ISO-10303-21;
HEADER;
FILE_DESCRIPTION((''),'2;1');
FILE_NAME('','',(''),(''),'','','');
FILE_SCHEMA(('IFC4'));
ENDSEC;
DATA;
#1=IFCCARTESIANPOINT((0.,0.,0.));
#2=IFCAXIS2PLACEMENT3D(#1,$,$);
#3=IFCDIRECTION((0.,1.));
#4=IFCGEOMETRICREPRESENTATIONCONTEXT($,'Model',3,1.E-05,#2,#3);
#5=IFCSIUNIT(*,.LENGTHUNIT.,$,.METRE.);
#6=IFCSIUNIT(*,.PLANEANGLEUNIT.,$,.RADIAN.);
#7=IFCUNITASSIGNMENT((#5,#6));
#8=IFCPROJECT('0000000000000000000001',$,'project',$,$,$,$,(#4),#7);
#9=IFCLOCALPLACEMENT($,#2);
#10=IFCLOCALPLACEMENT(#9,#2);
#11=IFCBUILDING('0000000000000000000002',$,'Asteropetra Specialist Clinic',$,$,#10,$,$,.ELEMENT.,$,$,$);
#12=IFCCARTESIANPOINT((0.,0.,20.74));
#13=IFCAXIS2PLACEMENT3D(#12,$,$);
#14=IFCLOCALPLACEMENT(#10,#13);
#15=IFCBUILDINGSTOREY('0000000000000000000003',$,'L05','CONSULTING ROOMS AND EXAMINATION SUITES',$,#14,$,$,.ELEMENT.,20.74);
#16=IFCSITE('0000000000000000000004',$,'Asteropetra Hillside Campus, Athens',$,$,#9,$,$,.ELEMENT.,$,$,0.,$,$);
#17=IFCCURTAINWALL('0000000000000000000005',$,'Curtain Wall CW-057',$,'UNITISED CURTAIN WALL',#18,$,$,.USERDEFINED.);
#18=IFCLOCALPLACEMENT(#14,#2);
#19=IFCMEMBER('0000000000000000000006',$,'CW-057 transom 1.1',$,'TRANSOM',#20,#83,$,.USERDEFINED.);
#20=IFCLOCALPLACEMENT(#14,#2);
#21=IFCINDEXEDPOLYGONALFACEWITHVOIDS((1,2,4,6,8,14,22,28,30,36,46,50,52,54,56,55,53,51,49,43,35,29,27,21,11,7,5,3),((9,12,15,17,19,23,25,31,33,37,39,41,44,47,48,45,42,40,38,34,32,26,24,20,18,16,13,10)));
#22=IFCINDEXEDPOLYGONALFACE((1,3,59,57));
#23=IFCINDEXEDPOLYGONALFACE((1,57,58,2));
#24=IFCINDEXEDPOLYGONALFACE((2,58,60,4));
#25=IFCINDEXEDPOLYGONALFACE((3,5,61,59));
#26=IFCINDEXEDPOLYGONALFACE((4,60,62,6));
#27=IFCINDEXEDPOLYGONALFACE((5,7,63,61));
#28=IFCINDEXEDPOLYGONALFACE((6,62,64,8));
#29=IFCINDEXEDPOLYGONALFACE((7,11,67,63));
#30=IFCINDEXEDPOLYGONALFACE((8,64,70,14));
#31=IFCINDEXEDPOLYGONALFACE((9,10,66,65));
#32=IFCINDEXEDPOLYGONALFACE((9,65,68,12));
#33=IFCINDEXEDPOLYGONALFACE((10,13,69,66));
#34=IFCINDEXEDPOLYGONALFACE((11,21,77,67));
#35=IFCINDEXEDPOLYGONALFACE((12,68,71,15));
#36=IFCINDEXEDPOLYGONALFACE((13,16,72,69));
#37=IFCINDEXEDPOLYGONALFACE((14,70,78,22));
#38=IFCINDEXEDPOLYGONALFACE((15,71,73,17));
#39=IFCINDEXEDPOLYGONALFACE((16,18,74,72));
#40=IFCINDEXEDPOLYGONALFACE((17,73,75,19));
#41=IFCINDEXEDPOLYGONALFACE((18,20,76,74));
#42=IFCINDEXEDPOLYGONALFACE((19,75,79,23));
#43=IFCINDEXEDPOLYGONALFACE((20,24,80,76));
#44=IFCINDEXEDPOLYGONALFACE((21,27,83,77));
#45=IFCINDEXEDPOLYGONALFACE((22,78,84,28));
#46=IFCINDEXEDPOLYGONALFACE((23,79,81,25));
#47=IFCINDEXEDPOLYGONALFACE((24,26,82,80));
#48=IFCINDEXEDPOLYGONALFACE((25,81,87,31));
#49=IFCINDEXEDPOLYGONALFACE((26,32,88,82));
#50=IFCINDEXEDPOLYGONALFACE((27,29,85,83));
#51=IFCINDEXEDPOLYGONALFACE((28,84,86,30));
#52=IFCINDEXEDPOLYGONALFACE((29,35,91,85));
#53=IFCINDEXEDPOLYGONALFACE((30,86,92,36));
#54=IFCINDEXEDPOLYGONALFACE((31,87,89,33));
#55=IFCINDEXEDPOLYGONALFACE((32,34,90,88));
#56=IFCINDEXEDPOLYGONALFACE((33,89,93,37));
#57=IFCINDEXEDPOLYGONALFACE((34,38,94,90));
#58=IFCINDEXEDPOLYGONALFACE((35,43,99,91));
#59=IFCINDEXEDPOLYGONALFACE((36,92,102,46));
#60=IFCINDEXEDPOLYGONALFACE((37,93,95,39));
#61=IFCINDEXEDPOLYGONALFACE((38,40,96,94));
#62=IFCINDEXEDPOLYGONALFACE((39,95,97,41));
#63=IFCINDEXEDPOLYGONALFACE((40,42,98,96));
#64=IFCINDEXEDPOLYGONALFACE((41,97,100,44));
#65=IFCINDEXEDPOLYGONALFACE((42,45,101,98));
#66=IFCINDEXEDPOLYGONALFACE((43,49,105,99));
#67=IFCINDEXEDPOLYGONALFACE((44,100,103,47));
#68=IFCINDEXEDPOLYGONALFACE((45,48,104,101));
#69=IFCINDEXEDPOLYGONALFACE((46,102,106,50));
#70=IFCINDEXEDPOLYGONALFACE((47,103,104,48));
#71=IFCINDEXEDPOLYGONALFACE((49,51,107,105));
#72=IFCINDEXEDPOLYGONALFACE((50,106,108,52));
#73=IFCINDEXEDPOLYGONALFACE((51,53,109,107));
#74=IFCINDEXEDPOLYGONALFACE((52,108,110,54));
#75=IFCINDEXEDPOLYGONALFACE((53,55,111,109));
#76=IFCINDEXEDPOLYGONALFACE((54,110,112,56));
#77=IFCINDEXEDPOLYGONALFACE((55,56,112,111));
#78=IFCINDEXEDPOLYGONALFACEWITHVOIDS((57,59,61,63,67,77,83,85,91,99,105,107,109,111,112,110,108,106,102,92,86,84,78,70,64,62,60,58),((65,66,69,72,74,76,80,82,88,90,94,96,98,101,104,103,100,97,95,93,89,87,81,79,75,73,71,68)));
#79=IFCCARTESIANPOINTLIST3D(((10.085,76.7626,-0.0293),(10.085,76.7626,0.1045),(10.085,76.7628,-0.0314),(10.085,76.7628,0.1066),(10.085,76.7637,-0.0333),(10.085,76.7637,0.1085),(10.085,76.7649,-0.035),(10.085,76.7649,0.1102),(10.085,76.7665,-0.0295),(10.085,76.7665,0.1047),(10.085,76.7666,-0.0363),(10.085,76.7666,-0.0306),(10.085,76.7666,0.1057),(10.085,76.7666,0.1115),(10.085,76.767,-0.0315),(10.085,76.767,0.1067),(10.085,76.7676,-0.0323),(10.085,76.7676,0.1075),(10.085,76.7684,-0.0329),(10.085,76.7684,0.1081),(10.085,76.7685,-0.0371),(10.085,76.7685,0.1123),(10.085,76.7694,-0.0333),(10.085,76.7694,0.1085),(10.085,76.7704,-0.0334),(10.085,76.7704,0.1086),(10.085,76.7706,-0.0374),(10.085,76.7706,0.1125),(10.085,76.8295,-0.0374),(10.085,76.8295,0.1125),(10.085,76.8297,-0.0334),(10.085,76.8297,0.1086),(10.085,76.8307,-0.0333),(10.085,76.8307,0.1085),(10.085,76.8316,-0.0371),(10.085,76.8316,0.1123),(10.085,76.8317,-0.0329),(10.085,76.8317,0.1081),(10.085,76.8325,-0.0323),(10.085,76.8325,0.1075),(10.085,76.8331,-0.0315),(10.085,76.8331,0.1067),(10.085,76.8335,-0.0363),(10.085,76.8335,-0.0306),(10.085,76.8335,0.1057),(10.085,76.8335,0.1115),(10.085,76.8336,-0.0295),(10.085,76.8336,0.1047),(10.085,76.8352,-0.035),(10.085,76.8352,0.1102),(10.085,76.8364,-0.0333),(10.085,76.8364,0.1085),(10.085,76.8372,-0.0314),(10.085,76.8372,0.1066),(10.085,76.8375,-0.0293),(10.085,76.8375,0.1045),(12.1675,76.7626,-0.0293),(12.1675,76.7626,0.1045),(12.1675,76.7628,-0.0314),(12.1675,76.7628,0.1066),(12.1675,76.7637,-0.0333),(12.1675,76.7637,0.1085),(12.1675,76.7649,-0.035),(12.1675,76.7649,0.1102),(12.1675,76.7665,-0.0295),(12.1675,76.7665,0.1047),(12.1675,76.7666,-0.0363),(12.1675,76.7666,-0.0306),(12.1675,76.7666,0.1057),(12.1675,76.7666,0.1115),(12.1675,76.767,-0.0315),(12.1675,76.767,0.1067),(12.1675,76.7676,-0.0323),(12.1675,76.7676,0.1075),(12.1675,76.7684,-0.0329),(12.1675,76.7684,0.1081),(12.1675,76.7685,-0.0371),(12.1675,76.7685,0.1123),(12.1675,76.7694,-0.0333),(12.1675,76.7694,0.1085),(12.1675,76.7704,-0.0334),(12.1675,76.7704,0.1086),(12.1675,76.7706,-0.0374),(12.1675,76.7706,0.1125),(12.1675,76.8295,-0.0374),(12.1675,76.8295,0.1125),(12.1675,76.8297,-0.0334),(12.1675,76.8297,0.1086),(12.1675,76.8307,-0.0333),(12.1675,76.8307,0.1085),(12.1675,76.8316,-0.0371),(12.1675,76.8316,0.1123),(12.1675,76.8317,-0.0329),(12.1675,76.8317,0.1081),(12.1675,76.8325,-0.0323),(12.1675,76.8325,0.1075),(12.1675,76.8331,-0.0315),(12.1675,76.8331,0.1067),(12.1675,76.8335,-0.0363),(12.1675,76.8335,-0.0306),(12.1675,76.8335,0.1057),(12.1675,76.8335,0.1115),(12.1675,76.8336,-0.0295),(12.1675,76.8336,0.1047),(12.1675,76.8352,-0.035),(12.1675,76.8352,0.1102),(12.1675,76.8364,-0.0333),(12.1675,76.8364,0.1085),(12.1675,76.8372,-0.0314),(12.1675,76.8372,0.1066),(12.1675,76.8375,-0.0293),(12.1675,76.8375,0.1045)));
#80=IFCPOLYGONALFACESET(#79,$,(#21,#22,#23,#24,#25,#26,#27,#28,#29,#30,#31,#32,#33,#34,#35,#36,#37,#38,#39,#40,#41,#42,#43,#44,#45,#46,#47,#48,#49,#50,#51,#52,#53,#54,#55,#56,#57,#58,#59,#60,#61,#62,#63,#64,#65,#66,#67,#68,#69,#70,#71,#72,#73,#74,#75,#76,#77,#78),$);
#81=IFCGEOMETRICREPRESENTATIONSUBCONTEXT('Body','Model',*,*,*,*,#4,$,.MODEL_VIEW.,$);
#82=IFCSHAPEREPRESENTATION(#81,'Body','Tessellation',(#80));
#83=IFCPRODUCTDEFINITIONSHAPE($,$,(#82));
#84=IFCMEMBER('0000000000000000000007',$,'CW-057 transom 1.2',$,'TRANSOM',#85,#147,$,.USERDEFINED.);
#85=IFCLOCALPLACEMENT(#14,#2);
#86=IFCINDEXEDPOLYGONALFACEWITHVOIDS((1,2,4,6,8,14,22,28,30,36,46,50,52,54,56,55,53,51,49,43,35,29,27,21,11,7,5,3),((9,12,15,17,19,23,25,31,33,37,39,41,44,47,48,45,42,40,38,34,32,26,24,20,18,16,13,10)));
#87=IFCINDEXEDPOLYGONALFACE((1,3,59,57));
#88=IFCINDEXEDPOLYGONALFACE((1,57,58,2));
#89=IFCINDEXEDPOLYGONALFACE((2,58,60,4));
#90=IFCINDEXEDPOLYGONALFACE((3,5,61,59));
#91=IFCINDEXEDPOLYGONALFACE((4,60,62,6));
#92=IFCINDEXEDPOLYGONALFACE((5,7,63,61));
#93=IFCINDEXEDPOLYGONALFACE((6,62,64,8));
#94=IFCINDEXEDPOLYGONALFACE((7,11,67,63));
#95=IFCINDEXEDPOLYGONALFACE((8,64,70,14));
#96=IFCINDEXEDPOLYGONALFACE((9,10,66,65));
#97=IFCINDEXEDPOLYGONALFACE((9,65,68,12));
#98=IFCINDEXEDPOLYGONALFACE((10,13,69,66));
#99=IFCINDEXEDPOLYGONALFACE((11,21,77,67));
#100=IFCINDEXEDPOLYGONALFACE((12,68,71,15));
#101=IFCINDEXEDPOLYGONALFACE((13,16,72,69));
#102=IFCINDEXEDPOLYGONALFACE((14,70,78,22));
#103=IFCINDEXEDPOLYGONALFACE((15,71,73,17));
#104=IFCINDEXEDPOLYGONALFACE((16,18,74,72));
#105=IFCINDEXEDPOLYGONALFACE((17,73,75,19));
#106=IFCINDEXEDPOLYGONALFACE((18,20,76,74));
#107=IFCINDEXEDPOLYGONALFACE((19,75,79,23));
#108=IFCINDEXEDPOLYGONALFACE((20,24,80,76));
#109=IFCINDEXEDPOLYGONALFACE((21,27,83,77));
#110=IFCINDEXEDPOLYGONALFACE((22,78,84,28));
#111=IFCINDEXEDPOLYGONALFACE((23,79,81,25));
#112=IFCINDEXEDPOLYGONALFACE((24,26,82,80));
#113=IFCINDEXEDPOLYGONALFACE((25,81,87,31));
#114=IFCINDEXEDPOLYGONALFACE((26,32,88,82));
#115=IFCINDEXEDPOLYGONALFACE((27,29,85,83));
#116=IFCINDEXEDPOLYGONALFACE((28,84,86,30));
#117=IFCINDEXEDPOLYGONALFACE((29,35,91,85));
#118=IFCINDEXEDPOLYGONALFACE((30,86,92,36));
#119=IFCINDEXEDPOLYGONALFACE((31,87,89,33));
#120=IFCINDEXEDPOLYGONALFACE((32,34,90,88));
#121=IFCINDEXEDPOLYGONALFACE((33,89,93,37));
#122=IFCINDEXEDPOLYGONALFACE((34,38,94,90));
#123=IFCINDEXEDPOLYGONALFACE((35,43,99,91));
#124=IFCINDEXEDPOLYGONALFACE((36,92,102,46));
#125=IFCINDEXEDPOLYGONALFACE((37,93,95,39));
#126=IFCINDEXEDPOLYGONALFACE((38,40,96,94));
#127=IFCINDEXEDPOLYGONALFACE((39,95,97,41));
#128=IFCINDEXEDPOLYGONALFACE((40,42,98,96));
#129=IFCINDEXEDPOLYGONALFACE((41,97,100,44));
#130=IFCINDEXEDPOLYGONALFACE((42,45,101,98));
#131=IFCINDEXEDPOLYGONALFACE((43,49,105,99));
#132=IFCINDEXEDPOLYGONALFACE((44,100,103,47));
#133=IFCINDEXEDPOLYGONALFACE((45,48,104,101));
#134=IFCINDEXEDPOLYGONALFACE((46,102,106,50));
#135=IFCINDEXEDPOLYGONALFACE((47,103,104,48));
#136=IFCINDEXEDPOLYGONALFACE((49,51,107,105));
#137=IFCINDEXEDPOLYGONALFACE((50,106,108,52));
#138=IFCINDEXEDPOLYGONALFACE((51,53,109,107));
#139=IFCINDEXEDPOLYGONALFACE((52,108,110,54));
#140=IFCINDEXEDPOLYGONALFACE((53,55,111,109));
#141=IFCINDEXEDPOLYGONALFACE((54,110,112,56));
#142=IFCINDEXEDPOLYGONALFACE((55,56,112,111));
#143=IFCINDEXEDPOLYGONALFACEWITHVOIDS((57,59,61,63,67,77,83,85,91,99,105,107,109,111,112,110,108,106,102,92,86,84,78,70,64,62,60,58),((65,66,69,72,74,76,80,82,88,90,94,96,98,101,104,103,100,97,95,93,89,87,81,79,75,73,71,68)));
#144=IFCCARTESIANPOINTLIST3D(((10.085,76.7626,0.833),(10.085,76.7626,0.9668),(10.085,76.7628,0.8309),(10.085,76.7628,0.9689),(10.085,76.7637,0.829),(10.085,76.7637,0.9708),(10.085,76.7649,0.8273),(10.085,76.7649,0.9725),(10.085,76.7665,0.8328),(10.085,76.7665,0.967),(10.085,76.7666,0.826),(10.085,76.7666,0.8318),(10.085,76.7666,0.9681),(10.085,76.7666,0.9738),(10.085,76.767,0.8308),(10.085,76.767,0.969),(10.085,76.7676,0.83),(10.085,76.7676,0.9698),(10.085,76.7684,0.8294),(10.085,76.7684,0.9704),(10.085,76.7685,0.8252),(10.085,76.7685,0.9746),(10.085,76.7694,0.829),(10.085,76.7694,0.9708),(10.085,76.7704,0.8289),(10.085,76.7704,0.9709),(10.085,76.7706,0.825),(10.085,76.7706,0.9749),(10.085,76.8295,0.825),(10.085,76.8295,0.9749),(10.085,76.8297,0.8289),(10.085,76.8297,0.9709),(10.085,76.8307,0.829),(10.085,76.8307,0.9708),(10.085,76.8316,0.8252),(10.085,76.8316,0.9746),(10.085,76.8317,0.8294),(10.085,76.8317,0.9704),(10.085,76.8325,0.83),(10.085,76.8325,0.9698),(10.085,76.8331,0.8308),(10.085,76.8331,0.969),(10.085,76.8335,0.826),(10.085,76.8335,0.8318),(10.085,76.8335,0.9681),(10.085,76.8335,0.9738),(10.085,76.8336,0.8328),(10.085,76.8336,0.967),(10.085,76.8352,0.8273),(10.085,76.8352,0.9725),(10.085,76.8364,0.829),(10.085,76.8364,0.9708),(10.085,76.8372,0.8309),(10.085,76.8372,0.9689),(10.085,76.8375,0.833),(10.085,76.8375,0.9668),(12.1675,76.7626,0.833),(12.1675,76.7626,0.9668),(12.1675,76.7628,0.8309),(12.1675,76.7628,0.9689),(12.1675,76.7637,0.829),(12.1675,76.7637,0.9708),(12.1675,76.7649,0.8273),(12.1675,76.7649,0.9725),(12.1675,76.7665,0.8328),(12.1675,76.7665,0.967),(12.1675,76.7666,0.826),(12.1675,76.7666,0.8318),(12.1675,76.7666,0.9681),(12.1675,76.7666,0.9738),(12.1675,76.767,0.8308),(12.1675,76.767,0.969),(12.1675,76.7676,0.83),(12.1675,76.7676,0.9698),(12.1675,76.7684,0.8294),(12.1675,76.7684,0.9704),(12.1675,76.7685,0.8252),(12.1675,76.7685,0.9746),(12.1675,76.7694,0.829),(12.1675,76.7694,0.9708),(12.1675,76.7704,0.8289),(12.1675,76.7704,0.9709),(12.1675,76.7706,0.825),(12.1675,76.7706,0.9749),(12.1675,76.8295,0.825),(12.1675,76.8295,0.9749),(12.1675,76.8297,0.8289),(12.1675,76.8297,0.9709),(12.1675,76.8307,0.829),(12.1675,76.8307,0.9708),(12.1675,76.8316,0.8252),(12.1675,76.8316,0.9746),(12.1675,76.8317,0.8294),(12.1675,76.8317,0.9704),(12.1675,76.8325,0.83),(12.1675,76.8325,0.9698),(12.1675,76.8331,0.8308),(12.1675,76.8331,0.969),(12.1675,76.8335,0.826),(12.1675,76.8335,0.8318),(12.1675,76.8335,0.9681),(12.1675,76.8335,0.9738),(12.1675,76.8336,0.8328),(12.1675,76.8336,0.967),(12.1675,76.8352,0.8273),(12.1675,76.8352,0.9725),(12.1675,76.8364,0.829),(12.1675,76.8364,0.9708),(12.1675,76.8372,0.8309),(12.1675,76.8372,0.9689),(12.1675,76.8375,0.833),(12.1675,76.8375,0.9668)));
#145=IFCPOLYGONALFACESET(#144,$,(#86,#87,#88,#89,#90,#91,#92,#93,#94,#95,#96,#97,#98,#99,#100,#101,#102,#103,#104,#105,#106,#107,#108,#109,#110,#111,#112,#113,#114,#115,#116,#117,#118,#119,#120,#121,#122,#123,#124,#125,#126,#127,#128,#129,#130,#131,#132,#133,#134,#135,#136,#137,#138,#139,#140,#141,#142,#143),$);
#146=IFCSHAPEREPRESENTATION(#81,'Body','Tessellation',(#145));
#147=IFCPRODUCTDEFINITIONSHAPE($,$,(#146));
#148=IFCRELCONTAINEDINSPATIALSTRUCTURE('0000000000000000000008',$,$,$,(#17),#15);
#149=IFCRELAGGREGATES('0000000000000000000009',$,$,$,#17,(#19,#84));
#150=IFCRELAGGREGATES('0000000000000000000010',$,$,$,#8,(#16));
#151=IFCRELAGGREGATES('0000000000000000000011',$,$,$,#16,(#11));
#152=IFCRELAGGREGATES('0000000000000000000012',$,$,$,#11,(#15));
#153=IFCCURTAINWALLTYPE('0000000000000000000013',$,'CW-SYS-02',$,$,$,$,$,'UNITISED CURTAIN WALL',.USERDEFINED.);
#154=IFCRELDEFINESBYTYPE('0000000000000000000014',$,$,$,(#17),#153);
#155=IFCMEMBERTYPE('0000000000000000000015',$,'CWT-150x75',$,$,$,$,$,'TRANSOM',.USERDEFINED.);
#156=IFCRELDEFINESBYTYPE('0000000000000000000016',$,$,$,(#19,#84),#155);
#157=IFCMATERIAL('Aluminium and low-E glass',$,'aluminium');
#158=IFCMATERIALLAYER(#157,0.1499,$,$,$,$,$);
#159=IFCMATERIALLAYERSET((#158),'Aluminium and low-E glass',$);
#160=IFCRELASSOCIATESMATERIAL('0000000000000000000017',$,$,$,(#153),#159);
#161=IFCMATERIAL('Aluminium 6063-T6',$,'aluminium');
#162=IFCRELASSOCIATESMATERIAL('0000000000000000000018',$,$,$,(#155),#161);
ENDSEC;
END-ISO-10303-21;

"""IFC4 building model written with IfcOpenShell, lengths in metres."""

from ifc_helpers import new_model, si_unit, direction, frame, origin, origin_2d, place, context, subcontext, project, spatial, hollow_rectangle, extrude, material, layer, layer_set, material_profile, profile_set, type_object, element, aggregate, save


model = new_model("IFC4")

# Units and contexts
model_context = context("Model", 3, precision=1e-05, world=origin(), true_north=direction((0.0, 1.0)))
body_context = subcontext(model_context, "Body", "Model", "MODEL_VIEW")
ifc_project = project(units=[si_unit("LENGTHUNIT", "METRE"), si_unit("PLANEANGLEUNIT", "RADIAN")], contexts=[model_context])

# Site, building, storey
site_placement = place(None, origin())
site = spatial("IfcSite", under=ifc_project, at=site_placement, Name="Asteropetra Hillside Campus, Athens", CompositionType="ELEMENT", RefElevation=0.0)
building_placement = place(site_placement, origin())
building = spatial("IfcBuilding", under=site, at=building_placement, Name="Asteropetra Specialist Clinic", CompositionType="ELEMENT")
storey_placement = place(building_placement, frame((0.0, 0.0, 20.74)))
storey = spatial("IfcBuildingStorey", under=building, at=storey_placement, Name="L05", Description="CONSULTING ROOMS AND EXAMINATION SUITES", CompositionType="ELEMENT", Elevation=20.74)

# Curtain wall, members
ifc_material_1 = material(Name="Aluminium and low-E glass", Category="aluminium")
ifc_layer_1 = layer(ifc_material_1, 0.1499)
ifc_layer_set_1 = layer_set([ifc_layer_1], Name="Aluminium and low-E glass")
curtain_wall_type = type_object("IfcCurtainWallType", Name="CW-SYS-02", ElementType="UNITISED CURTAIN WALL", PredefinedType="USERDEFINED", material=ifc_layer_set_1)
curtain_wall_placement = place(storey_placement, origin())
curtain_wall = element("IfcCurtainWall", 1, at=curtain_wall_placement, inside=storey, type_object=curtain_wall_type, Name="Curtain Wall CW-057", ObjectType="UNITISED CURTAIN WALL", PredefinedType="USERDEFINED")
ifc_material_2 = material(Name="Aluminium 6063-T6", Category="aluminium")
ifc_material_profile_1 = material_profile(ifc_material_2, hollow_rectangle(XDim=0.075, YDim=0.1499, WallThickness=0.0039, InnerFilletRadius=0.0039, OuterFilletRadius=0.0081, at=origin_2d()), Name="TRN 150x75x4.0")
ifc_profile_set_1 = profile_set([ifc_material_profile_1], Name="Aluminium 6063-T6")
member_type_1 = type_object("IfcMemberType", Name="CWT-150x75", ElementType="TRANSOM", PredefinedType="USERDEFINED", material=ifc_profile_set_1)
member_1_placement = place(storey_placement, frame((10.085, 76.8, 0.0376), z_axis=(1.0, 0.0, 0.0), x_axis=(0.0, 1.0, 0.0)))
member_1 = element("IfcMember", 2, at=member_1_placement, type_object=member_type_1, Name="CW-057 transom 1.1", ObjectType="TRANSOM", PredefinedType="USERDEFINED", context=body_context, shape_type="SweptSolid", body=[
    extrude(hollow_rectangle(XDim=0.075, YDim=0.1499, WallThickness=0.0039, InnerFilletRadius=0.0039, OuterFilletRadius=0.0081, at=origin_2d()), origin(), (0.0, 0.0, 1.0), 2.0825),
])
member_2_placement = place(storey_placement, frame((10.085, 76.8, 0.8999), z_axis=(1.0, 0.0, 0.0), x_axis=(0.0, 1.0, 0.0)))
member_2 = element("IfcMember", 3, at=member_2_placement, type_object=member_type_1, Name="CW-057 transom 1.2", ObjectType="TRANSOM", PredefinedType="USERDEFINED", context=body_context, shape_type="SweptSolid", body=[
    extrude(hollow_rectangle(XDim=0.075, YDim=0.1499, WallThickness=0.0039, InnerFilletRadius=0.0039, OuterFilletRadius=0.0081, at=origin_2d()), origin(), (0.0, 0.0, 1.0), 2.0825),
])

aggregate(curtain_wall, [member_1, member_2])

save(model, "model.ifc")
